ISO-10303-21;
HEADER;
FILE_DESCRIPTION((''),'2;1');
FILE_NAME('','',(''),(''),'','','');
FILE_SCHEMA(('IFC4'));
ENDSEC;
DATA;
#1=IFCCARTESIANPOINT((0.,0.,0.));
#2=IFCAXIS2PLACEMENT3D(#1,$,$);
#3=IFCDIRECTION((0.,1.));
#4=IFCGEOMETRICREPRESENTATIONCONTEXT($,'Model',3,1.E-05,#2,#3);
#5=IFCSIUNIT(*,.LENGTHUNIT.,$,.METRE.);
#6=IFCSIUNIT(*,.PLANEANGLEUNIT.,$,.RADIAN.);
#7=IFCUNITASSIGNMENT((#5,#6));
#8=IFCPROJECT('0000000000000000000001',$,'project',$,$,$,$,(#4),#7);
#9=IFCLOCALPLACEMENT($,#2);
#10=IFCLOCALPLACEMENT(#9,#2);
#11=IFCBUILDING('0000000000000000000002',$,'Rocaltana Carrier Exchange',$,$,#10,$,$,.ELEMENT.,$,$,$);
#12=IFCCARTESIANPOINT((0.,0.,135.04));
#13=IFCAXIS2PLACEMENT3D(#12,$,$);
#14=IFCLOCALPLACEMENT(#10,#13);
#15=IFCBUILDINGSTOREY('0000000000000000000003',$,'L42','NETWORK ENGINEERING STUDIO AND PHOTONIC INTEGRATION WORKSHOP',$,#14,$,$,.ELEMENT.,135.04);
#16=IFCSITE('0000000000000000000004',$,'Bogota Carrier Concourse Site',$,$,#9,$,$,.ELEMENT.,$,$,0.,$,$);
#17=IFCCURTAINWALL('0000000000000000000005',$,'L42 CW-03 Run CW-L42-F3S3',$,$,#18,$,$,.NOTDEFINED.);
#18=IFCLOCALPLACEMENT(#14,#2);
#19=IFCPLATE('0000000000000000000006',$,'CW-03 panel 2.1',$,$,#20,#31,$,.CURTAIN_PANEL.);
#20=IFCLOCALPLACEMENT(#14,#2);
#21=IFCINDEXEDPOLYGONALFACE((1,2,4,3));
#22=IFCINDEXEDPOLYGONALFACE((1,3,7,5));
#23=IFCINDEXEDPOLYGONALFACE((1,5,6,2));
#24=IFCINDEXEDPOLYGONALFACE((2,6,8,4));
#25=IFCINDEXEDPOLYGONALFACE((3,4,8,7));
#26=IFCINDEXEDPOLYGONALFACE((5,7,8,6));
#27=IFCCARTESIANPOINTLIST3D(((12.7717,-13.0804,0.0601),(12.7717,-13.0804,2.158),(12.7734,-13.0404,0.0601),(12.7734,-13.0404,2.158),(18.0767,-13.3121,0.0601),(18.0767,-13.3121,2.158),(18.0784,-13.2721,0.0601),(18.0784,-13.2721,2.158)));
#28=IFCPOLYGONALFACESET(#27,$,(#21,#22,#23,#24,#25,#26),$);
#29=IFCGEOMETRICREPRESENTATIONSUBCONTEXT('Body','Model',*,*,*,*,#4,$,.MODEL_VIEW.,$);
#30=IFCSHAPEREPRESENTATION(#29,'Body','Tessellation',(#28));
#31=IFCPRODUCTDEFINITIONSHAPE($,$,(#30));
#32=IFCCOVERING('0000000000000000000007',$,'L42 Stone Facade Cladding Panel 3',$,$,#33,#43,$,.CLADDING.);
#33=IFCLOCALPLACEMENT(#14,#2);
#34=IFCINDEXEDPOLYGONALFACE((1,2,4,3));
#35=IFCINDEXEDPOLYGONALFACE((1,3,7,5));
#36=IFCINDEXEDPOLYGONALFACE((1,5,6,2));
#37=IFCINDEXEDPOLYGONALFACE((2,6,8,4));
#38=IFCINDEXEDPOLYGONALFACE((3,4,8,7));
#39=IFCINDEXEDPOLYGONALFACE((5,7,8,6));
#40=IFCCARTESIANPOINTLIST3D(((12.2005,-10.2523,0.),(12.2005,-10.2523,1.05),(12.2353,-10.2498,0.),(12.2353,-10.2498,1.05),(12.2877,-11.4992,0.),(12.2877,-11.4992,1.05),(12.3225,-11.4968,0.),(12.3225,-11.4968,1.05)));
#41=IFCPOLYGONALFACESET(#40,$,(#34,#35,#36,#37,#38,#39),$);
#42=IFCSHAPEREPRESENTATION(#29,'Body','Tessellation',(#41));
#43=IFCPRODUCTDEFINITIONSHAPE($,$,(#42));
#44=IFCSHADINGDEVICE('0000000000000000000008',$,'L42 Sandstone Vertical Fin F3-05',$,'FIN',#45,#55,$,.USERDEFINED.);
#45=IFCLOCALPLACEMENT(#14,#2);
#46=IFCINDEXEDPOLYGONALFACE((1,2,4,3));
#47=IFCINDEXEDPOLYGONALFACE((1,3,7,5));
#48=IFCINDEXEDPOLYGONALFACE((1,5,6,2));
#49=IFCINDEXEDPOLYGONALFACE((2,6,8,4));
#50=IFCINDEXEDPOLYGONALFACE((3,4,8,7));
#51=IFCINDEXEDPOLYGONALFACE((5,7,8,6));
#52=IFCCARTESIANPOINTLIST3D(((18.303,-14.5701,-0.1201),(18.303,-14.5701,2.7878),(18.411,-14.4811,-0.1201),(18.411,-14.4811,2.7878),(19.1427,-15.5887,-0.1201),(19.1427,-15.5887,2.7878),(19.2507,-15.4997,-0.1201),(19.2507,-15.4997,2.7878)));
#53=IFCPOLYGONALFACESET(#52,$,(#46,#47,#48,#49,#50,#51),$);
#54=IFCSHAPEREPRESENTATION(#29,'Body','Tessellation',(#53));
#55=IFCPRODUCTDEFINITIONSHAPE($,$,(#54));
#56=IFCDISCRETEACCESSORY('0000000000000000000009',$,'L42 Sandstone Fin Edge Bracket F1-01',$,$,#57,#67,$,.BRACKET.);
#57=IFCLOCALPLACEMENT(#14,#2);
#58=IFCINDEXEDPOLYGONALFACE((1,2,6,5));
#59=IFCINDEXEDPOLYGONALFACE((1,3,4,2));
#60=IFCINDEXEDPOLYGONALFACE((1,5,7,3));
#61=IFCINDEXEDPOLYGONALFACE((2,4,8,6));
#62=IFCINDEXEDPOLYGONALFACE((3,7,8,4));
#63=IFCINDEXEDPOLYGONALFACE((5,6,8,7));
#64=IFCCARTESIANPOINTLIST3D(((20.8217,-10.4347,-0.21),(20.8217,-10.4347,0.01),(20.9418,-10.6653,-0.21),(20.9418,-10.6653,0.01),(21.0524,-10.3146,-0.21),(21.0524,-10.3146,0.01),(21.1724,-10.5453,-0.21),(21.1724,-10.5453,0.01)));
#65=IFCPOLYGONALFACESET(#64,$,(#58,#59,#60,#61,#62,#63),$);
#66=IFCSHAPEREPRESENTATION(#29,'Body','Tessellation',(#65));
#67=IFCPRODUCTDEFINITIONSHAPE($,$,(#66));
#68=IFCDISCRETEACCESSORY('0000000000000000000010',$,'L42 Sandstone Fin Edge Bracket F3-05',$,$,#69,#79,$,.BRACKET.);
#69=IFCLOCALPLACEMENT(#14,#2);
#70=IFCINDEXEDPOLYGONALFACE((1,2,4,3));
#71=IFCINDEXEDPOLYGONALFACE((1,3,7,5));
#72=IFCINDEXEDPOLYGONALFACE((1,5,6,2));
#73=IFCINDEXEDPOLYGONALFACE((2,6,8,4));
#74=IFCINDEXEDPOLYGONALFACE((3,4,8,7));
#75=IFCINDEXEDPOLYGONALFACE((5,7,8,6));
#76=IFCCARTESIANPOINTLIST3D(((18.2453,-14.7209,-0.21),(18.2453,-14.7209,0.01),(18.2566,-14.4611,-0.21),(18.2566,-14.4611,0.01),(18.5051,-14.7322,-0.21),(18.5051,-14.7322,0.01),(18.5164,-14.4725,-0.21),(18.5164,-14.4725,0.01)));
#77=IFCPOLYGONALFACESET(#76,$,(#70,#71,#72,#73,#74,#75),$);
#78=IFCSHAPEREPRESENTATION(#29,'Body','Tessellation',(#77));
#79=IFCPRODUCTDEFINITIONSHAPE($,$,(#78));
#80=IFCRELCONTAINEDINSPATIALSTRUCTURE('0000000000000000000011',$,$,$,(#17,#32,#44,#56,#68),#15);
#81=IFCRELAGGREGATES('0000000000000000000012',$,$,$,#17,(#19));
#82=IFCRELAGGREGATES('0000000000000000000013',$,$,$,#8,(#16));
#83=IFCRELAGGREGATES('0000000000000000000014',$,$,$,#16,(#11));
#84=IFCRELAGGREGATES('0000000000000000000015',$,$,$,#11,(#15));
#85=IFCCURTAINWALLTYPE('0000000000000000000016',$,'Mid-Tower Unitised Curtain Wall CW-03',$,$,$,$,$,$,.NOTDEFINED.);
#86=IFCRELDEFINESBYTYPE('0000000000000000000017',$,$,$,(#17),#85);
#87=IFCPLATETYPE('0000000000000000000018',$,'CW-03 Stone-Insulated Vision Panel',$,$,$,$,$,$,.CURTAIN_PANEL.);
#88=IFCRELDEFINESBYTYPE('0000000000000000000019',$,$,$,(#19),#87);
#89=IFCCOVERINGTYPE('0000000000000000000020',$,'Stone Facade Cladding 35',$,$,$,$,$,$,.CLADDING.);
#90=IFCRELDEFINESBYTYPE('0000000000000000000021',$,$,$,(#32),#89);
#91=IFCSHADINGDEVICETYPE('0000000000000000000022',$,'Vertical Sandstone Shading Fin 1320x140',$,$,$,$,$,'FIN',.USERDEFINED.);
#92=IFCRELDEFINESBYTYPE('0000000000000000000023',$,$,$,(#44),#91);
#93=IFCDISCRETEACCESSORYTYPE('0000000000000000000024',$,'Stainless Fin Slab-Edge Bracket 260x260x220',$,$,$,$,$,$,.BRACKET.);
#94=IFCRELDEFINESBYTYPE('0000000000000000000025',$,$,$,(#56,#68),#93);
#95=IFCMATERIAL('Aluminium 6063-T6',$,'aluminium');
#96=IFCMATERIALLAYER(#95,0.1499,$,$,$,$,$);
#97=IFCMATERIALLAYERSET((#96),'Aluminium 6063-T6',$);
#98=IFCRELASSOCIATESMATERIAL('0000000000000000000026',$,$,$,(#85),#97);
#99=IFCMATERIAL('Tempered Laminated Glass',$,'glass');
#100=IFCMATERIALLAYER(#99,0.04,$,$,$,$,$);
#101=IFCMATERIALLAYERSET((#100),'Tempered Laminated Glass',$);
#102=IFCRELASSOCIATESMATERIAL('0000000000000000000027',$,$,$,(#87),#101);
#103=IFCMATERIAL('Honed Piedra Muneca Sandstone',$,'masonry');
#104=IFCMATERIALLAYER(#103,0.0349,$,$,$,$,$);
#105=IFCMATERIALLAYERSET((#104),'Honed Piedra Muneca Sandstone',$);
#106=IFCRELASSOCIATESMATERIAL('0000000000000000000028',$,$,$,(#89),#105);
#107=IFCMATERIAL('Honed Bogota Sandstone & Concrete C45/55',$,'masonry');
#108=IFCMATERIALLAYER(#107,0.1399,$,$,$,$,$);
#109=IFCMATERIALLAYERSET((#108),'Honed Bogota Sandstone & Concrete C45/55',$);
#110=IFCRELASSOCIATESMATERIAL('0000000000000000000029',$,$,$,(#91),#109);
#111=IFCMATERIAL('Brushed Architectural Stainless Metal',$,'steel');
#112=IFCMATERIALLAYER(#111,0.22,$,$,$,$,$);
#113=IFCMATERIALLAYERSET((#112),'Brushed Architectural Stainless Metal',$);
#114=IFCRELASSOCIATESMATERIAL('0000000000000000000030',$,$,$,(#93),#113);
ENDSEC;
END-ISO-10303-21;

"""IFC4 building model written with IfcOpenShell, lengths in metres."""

from ifc_helpers import new_model, si_unit, direction, frame, origin, origin_2d, place, context, subcontext, project, spatial, rectangle, extrude, material, layer, layer_set, type_object, element, aggregate, save


model = new_model("IFC4")

# Units and contexts
model_context = context("Model", 3, precision=1e-05, world=origin(), true_north=direction((0.0, 1.0)))
body_context = subcontext(model_context, "Body", "Model", "MODEL_VIEW")
ifc_project = project(units=[si_unit("LENGTHUNIT", "METRE"), si_unit("PLANEANGLEUNIT", "RADIAN")], contexts=[model_context])

# Site, building, storey
site_placement = place(None, origin())
site = spatial("IfcSite", under=ifc_project, at=site_placement, Name="Bogota Carrier Concourse Site", CompositionType="ELEMENT", RefElevation=0.0)
building_placement = place(site_placement, origin())
building = spatial("IfcBuilding", under=site, at=building_placement, Name="Rocaltana Carrier Exchange", CompositionType="ELEMENT")
storey_placement = place(building_placement, frame((0.0, 0.0, 135.04)))
storey = spatial("IfcBuildingStorey", under=building, at=storey_placement, Name="L42", Description="NETWORK ENGINEERING STUDIO AND PHOTONIC INTEGRATION WORKSHOP", CompositionType="ELEMENT", Elevation=135.04)

# Shared definitions
ifc_material_1 = material(Name="Aluminium 6063-T6", Category="aluminium")
ifc_layer_1 = layer(ifc_material_1, 0.1499)
ifc_layer_set_1 = layer_set([ifc_layer_1], Name="Aluminium 6063-T6")
curtain_wall_type = type_object("IfcCurtainWallType", Name="Mid-Tower Unitised Curtain Wall CW-03", PredefinedType="NOTDEFINED", material=ifc_layer_set_1)

# Curtain wall
curtain_wall_1_placement = place(storey_placement, origin())
curtain_wall_1 = element("IfcCurtainWall", 1, at=curtain_wall_1_placement, inside=storey, type_object=curtain_wall_type, Name="L42 CW-03 Run CW-L42-F3S3", PredefinedType="NOTDEFINED")

# Plate
ifc_material_2 = material(Name="Tempered Laminated Glass", Category="glass")
ifc_layer_2 = layer(ifc_material_2, 0.04)
ifc_layer_set_2 = layer_set([ifc_layer_2], Name="Tempered Laminated Glass")
plate_type = type_object("IfcPlateType", Name="CW-03 Stone-Insulated Vision Panel", PredefinedType="CURTAIN_PANEL", material=ifc_layer_set_2)
plate_placement = place(storey_placement, frame((15.425, -13.1763, 0.0601), z_axis=(0.0, 0.0, 1.0), x_axis=(0.999048, -0.043629, 0.0)))
plate = element("IfcPlate", 2, at=plate_placement, type_object=plate_type, Name="CW-03 panel 2.1", PredefinedType="CURTAIN_PANEL", context=body_context, shape_type="SweptSolid", body=[
    extrude(rectangle(XDim=5.3101, YDim=0.04, at=origin_2d()), origin(), (0.0, 0.0, 1.0), 2.0979),
])
aggregate(curtain_wall_1, [plate])

# Covering
ifc_material_3 = material(Name="Honed Piedra Muneca Sandstone", Category="masonry")
ifc_layer_3 = layer(ifc_material_3, 0.0349)
ifc_layer_set_3 = layer_set([ifc_layer_3], Name="Honed Piedra Muneca Sandstone")
covering_type = type_object("IfcCoveringType", Name="Stone Facade Cladding 35", PredefinedType="CLADDING", material=ifc_layer_set_3)
covering_placement = place(storey_placement, frame((12.2615, -10.8745, 0.0), z_axis=(0.0, 0.0, 1.0), x_axis=(-0.069756, 0.997564, 0.0)))
element("IfcCovering", 3, at=covering_placement, inside=storey, type_object=covering_type, Name="L42 Stone Facade Cladding Panel 3", PredefinedType="CLADDING", context=body_context, shape_type="SweptSolid", body=[
    extrude(rectangle(XDim=1.25, YDim=0.0349, at=origin_2d()), origin(), (0.0, 0.0, 1.0), 1.05),
])

# Shading device
ifc_material_4 = material(Name="Honed Bogota Sandstone & Concrete C45/55", Category="masonry")
ifc_layer_4 = layer(ifc_material_4, 0.1399)
ifc_layer_set_4 = layer_set([ifc_layer_4], Name="Honed Bogota Sandstone & Concrete C45/55")
shading_device_type = type_object("IfcShadingDeviceType", Name="Vertical Sandstone Shading Fin 1320x140", ElementType="FIN", PredefinedType="USERDEFINED", material=ifc_layer_set_4)
shading_device_placement = place(storey_placement, frame((18.7769, -15.0349, -0.1201), z_axis=(0.0, 0.0, 1.0), x_axis=(0.636078, -0.771625, 0.0)))
element("IfcShadingDevice", 4, at=shading_device_placement, inside=storey, type_object=shading_device_type, Name="L42 Sandstone Vertical Fin F3-05", ObjectType="FIN", PredefinedType="USERDEFINED", context=body_context, shape_type="SweptSolid", body=[
    extrude(rectangle(XDim=1.3201, YDim=0.1399, at=origin_2d()), origin(), (0.0, 0.0, 1.0), 2.908),
])

# Discrete accessories
ifc_material_5 = material(Name="Brushed Architectural Stainless Metal", Category="steel")
ifc_layer_5 = layer(ifc_material_5, 0.22)
ifc_layer_set_5 = layer_set([ifc_layer_5], Name="Brushed Architectural Stainless Metal")
discrete_accessory_type = type_object("IfcDiscreteAccessoryType", Name="Stainless Fin Slab-Edge Bracket 260x260x220", PredefinedType="BRACKET", material=ifc_layer_set_5)
for number, where, z_axis, x_axis, name in (
    (5, (20.9971, -10.49, -0.21), (0.0, 0.0, 1.0), (-0.461749, 0.887011, 0.0), "L42 Sandstone Fin Edge Bracket F1-01"),
    (6, (18.3809, -14.5967, -0.21), (0.0, 0.0, 1.0), (0.999048, -0.043619, 0.0), "L42 Sandstone Fin Edge Bracket F3-05"),
):
    element("IfcDiscreteAccessory", number, at=place(storey_placement, frame(where, z_axis=z_axis, x_axis=x_axis)), inside=storey, type_object=discrete_accessory_type, Name=name, PredefinedType="BRACKET", context=body_context, shape_type="SweptSolid", body=[
        extrude(rectangle(XDim=0.26, YDim=0.26, at=origin_2d()), origin(), (0.0, 0.0, 1.0), 0.22),
    ])

save(model, "model.ifc")
